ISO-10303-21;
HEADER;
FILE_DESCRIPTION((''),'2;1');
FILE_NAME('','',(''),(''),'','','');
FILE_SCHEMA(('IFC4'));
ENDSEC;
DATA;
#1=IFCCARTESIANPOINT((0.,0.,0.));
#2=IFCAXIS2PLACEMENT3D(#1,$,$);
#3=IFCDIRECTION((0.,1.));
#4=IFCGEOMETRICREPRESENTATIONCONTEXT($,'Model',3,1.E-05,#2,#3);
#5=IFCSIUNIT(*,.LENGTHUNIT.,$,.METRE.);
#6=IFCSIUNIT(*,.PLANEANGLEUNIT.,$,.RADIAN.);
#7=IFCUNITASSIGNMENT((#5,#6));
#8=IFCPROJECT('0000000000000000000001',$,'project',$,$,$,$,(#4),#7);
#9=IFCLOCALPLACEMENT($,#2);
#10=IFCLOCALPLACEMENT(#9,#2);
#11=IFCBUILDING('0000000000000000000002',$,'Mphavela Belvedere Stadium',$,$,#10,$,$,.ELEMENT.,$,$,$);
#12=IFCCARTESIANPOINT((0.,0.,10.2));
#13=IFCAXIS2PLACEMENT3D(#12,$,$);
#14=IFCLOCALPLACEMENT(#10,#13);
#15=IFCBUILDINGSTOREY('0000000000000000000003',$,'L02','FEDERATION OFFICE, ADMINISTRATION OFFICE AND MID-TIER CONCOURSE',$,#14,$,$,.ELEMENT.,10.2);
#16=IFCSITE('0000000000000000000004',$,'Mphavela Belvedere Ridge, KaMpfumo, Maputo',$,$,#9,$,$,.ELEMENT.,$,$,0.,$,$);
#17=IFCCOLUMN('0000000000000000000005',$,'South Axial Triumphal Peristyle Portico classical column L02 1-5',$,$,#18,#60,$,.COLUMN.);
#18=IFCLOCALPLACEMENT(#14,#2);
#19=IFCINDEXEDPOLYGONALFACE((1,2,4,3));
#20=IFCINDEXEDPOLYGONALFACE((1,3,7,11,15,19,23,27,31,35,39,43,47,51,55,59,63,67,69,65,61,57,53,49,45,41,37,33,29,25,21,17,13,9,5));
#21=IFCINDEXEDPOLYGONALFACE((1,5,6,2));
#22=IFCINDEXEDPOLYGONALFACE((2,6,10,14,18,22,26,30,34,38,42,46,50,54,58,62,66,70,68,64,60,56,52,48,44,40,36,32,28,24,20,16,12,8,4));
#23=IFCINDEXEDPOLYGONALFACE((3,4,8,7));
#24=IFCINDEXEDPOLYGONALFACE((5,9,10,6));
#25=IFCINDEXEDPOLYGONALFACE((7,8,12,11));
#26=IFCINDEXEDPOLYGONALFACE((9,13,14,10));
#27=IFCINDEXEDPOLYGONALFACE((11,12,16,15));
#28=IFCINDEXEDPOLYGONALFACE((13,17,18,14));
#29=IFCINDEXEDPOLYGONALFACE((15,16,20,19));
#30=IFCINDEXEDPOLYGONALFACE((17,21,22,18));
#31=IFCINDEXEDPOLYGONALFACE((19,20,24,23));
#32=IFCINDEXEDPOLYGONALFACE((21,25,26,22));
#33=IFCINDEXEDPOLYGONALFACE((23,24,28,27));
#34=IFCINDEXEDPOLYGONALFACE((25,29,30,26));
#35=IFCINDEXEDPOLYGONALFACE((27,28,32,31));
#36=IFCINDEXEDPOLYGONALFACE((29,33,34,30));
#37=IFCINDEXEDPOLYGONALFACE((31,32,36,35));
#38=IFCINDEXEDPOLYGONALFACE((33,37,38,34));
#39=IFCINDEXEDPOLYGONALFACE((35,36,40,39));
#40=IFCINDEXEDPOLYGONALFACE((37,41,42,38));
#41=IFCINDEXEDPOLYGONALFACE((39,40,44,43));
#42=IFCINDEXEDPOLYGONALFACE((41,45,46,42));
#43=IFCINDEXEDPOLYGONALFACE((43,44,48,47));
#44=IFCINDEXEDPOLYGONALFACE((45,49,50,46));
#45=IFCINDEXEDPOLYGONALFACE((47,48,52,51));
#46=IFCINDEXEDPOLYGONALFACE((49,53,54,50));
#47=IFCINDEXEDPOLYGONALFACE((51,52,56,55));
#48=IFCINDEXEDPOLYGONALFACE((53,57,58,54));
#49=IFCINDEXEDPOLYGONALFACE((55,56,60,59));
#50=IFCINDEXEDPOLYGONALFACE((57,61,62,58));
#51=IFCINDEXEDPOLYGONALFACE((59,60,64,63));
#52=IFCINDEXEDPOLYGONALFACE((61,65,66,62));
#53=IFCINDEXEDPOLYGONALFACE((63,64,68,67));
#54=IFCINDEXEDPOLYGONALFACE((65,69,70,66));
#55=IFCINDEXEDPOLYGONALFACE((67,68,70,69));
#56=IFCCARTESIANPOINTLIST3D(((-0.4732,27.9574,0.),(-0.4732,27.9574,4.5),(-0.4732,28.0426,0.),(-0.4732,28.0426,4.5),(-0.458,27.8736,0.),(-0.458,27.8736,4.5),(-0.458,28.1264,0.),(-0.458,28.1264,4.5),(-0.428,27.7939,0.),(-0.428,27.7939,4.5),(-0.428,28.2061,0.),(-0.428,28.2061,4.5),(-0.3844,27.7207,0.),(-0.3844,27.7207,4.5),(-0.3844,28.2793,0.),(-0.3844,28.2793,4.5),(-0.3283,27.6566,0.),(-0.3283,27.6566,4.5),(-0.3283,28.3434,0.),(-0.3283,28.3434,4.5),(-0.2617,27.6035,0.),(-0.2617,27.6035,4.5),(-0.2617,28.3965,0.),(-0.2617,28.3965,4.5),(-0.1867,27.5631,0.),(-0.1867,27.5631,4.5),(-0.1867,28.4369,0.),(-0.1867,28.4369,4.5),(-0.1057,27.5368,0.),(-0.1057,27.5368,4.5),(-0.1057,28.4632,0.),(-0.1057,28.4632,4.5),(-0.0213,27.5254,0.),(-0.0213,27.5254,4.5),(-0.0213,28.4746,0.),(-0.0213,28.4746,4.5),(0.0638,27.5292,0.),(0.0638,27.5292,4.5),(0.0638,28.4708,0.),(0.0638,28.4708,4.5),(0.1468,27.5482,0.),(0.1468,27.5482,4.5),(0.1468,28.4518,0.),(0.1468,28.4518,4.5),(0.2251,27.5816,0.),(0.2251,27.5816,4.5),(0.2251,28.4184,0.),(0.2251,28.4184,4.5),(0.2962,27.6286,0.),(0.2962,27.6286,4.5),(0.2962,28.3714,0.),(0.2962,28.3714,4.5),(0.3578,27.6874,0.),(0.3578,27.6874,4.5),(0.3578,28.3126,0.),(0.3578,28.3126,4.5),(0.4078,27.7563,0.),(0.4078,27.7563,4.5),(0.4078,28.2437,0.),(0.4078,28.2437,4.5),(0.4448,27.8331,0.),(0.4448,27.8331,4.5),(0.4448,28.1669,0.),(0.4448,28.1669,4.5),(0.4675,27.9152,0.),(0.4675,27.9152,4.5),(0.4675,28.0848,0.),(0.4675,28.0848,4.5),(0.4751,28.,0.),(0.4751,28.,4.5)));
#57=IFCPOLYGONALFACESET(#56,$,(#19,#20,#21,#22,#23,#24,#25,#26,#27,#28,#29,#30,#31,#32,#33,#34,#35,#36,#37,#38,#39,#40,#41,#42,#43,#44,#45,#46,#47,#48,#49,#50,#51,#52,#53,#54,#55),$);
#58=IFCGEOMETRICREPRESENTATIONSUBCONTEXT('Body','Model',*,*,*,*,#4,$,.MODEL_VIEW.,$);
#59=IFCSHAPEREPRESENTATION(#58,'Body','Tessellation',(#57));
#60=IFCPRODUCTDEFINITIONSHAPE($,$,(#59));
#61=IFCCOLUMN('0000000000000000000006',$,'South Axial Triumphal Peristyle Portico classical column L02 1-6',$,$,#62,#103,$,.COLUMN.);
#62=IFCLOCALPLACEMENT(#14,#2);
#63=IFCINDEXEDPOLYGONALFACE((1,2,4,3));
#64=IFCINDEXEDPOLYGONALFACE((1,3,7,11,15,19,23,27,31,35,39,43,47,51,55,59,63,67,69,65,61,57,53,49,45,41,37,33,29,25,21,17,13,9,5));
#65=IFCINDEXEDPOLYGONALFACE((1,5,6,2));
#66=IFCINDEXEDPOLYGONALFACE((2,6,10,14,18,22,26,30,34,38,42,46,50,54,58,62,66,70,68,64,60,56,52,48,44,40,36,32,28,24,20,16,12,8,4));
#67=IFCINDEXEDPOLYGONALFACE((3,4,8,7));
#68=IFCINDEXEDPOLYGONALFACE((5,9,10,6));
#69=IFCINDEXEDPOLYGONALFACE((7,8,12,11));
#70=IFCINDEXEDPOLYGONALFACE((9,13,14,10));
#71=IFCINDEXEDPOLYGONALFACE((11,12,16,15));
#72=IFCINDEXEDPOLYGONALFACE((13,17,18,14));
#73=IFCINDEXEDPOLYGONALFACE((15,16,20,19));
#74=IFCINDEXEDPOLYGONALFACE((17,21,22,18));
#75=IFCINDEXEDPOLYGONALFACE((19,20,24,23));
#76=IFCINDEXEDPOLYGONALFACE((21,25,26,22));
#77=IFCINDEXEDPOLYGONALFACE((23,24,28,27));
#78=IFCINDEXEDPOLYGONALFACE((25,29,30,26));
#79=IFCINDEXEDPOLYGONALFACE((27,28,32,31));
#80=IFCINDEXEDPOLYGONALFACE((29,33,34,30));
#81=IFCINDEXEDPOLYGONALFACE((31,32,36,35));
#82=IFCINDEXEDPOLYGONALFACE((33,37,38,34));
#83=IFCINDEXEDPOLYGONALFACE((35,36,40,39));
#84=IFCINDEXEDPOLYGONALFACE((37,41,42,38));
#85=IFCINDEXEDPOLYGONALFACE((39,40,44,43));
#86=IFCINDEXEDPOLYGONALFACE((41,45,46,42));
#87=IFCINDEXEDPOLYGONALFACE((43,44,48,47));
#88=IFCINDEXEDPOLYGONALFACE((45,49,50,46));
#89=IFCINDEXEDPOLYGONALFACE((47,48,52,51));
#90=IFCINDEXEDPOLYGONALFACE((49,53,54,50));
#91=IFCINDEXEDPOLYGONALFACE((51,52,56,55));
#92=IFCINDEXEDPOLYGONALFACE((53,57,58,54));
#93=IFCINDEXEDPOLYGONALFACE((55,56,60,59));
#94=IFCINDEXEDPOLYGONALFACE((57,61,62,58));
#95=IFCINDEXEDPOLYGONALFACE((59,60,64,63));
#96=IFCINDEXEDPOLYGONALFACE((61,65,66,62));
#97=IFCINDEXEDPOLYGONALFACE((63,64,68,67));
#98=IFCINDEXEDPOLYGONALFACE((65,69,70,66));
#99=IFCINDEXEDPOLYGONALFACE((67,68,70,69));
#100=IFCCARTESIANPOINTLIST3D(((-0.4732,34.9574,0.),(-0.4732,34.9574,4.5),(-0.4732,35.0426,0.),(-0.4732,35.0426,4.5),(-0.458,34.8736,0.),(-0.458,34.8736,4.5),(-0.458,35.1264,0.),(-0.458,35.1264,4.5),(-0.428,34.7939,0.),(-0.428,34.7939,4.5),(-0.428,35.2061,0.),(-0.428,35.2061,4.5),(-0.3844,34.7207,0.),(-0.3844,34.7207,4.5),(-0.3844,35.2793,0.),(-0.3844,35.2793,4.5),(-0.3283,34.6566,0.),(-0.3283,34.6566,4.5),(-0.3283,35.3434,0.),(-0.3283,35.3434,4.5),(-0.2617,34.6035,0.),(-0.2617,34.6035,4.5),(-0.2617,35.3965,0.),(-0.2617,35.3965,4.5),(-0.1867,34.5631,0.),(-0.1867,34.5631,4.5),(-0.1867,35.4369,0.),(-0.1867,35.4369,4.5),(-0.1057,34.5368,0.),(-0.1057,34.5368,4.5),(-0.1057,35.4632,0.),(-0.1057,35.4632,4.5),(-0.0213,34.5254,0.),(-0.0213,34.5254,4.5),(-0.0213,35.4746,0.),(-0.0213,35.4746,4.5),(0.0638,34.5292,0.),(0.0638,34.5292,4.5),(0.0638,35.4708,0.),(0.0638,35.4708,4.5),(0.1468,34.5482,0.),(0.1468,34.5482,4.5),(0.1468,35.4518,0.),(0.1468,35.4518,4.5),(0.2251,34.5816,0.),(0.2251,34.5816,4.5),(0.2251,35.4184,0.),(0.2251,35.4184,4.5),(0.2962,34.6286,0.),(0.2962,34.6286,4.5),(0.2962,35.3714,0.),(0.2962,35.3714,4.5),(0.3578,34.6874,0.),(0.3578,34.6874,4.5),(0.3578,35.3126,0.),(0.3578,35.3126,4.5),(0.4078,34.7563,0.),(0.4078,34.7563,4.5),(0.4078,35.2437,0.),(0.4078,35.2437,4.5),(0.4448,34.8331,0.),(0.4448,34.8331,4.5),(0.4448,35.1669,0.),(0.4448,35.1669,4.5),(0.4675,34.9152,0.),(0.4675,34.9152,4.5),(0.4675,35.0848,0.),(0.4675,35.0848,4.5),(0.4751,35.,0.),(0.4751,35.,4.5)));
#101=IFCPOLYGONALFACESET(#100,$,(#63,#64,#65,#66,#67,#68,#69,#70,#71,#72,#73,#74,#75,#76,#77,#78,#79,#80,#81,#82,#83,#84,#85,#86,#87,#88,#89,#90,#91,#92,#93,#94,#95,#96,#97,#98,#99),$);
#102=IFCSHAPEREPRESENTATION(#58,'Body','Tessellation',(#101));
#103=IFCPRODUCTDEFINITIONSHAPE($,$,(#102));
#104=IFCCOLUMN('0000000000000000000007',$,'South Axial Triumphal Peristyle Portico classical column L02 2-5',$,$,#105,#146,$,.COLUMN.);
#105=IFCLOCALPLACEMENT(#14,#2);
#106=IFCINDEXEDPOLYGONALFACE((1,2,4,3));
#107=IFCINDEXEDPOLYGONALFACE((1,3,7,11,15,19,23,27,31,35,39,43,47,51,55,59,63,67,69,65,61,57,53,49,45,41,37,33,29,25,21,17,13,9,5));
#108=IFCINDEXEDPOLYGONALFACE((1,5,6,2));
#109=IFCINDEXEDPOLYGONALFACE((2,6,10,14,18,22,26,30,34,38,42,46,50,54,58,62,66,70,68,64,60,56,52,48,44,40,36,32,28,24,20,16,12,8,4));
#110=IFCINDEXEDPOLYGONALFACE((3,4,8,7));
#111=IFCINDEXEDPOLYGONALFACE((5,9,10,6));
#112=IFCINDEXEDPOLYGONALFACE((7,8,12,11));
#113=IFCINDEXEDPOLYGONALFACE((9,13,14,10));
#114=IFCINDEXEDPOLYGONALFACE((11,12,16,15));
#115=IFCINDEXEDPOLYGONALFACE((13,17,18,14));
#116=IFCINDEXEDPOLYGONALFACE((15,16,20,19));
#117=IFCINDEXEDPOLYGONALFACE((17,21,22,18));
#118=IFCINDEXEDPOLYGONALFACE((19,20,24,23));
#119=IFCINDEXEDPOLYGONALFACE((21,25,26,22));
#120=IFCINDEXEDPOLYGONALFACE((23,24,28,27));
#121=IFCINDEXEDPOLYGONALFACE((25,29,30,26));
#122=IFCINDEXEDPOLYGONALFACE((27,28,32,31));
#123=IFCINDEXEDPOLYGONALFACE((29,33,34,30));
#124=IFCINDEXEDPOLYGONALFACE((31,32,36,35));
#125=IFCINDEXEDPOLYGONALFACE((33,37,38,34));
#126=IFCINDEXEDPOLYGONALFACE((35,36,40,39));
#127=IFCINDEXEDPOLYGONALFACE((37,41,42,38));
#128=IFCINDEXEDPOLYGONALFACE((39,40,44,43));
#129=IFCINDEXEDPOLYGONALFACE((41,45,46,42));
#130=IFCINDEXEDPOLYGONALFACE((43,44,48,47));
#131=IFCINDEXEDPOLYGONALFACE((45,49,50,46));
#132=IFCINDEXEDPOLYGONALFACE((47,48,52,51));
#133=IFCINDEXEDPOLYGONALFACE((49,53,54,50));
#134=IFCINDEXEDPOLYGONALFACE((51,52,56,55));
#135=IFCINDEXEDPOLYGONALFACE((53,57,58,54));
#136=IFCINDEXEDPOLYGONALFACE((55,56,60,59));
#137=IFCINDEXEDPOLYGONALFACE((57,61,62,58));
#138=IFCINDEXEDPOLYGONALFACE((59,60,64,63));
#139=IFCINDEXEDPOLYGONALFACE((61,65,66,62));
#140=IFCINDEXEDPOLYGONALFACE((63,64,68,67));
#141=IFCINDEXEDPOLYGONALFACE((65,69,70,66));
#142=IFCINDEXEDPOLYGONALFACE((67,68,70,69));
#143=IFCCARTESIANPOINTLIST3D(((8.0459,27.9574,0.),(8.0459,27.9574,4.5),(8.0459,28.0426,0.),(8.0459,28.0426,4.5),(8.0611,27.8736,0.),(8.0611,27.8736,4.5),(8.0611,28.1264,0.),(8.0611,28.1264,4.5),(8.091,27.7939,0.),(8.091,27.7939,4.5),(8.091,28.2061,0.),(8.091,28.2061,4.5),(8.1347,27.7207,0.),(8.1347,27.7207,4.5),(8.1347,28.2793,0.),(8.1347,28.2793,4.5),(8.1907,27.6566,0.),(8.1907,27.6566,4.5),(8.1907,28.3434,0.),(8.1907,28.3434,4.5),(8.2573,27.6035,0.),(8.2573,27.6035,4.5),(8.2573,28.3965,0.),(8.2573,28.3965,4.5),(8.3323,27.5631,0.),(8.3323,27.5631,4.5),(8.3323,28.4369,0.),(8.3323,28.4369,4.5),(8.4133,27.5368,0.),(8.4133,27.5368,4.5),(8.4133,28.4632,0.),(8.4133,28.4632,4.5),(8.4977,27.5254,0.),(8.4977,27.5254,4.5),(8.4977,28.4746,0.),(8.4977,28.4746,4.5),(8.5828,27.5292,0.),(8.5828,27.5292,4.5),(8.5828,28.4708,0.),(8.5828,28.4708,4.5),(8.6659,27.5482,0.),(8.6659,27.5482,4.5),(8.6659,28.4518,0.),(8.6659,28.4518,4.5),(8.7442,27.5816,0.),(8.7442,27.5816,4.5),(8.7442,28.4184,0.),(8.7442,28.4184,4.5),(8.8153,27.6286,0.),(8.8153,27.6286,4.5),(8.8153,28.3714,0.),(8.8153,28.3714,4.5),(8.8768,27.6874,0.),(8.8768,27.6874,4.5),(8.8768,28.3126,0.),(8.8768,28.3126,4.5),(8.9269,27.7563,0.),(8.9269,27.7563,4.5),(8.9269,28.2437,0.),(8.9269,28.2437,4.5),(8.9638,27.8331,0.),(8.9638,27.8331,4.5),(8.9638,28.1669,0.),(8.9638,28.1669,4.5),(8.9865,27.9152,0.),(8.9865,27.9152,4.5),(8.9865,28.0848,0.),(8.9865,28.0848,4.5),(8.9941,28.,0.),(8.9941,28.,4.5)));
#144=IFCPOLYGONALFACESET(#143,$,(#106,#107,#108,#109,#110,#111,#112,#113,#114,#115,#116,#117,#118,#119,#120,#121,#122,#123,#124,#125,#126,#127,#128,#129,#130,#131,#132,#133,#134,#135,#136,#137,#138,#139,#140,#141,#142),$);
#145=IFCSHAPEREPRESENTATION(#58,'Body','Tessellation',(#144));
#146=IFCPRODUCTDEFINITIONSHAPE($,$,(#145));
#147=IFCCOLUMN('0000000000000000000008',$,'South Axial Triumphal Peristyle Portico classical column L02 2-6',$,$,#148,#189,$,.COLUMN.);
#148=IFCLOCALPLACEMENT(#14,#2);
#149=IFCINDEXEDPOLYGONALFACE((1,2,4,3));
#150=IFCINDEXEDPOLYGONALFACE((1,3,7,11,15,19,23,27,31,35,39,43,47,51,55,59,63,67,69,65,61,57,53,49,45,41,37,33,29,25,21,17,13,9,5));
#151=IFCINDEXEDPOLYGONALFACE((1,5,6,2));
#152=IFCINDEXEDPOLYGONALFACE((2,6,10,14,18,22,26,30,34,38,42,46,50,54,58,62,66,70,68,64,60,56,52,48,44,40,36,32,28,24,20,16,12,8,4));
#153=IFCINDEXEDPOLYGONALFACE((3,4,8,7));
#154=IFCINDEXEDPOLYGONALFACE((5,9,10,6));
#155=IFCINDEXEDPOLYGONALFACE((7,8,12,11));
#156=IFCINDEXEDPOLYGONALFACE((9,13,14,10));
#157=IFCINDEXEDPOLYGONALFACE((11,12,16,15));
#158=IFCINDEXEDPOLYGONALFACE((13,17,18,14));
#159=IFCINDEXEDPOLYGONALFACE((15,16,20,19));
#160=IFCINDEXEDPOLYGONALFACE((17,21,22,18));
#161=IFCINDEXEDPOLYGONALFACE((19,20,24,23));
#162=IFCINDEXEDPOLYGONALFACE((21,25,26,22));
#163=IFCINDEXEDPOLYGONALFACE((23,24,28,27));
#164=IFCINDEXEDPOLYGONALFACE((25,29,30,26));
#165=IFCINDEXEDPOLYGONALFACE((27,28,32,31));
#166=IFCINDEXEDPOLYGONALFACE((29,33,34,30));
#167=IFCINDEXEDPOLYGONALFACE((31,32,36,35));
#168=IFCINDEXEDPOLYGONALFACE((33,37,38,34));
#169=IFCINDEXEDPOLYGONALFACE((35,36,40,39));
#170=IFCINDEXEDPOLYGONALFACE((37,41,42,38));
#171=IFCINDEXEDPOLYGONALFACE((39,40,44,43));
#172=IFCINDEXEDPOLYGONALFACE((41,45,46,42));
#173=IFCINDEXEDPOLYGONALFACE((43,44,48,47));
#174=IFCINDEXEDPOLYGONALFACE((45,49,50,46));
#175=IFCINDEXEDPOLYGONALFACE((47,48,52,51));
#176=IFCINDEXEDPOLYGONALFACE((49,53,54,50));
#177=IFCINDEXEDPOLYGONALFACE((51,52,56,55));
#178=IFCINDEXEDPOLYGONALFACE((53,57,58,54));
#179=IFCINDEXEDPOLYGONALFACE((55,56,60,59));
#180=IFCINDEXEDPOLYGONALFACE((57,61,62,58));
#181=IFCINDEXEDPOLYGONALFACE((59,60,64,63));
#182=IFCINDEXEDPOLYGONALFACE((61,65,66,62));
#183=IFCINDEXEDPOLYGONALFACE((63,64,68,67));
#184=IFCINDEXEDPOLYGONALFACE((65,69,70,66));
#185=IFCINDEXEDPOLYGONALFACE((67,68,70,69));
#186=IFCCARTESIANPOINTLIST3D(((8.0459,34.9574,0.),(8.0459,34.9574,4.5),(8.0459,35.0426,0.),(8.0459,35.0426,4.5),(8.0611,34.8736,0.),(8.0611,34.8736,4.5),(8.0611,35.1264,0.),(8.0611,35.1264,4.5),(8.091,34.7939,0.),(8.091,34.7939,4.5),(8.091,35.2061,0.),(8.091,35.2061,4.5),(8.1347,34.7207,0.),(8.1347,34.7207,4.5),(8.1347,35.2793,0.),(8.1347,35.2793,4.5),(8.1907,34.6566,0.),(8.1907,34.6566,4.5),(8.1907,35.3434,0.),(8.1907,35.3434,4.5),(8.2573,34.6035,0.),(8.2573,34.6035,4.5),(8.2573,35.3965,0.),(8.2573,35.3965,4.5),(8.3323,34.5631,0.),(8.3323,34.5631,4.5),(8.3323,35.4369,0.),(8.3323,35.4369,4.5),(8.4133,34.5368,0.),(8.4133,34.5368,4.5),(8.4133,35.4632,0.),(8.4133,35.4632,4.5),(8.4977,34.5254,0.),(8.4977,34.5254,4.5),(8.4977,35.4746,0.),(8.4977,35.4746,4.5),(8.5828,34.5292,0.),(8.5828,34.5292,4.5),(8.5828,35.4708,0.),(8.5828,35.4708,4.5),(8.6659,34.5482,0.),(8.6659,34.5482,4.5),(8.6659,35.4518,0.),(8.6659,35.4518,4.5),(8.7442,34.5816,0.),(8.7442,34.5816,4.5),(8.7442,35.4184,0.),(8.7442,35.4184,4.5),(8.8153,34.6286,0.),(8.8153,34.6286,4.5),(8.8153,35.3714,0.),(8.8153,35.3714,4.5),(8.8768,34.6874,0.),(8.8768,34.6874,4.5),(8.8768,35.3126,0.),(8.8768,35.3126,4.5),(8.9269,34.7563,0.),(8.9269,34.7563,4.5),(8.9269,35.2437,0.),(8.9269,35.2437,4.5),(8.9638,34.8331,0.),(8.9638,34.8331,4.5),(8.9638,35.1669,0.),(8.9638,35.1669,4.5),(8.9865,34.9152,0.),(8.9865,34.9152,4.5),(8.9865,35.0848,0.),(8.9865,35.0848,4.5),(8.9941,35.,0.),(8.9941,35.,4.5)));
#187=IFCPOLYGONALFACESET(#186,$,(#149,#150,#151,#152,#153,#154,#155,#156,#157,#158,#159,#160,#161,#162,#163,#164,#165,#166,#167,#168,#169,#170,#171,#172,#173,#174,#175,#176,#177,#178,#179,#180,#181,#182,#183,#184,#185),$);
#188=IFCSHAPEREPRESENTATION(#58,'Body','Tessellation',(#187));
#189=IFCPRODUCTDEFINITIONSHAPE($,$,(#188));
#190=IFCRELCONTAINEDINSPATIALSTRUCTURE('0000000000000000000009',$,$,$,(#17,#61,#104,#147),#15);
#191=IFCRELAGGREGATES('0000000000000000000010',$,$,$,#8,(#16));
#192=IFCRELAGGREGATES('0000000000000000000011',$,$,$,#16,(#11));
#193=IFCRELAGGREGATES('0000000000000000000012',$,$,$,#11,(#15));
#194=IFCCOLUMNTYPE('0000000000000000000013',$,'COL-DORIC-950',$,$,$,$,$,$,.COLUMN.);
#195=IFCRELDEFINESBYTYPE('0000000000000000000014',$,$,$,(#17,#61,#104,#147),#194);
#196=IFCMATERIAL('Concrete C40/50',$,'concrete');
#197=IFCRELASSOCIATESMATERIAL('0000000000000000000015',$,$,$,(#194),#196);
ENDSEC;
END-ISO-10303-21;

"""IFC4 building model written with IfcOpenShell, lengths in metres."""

from ifc_helpers import new_model, si_unit, direction, frame, origin, origin_2d, place, context, subcontext, project, spatial, circle, extrude, material, material_profile, profile_set, type_object, element, save


model = new_model("IFC4")

# Units and contexts
model_context = context("Model", 3, precision=1e-05, world=origin(), true_north=direction((0.0, 1.0)))
body_context = subcontext(model_context, "Body", "Model", "MODEL_VIEW")
ifc_project = project(units=[si_unit("LENGTHUNIT", "METRE"), si_unit("PLANEANGLEUNIT", "RADIAN")], contexts=[model_context])

# Site, building, storey
site_placement = place(None, origin())
site = spatial("IfcSite", under=ifc_project, at=site_placement, Name="Mphavela Belvedere Ridge, KaMpfumo, Maputo", CompositionType="ELEMENT", RefElevation=0.0)
building_placement = place(site_placement, origin())
building = spatial("IfcBuilding", under=site, at=building_placement, Name="Mphavela Belvedere Stadium", CompositionType="ELEMENT")
storey_placement = place(building_placement, frame((0.0, 0.0, 10.2)))
storey = spatial("IfcBuildingStorey", under=building, at=storey_placement, Name="L02", Description="FEDERATION OFFICE, ADMINISTRATION OFFICE AND MID-TIER CONCOURSE", CompositionType="ELEMENT", Elevation=10.2)

# Columns
ifc_material_1 = material(Name="Concrete C40/50", Category="concrete")
ifc_material_profile_1 = material_profile(ifc_material_1, circle(Radius=0.4751, at=origin_2d()), Name="COL D950")
ifc_profile_set_1 = profile_set([ifc_material_profile_1], Name="Concrete C40/50")
column_type = type_object("IfcColumnType", Name="COL-DORIC-950", PredefinedType="COLUMN", material=ifc_profile_set_1)
for number, where, z_axis, x_axis, name in (
    (1, (0.0, 28.0, 0.0), (0.0, 0.0, 1.0), (1.0, 0.0, 0.0), "South Axial Triumphal Peristyle Portico classical column L02 1-5"),
    (2, (0.0, 35.0, 0.0), (0.0, 0.0, 1.0), (1.0, 0.0, 0.0), "South Axial Triumphal Peristyle Portico classical column L02 1-6"),
    (3, (8.519, 28.0, 0.0), (0.0, 0.0, 1.0), (1.0, 0.0, 0.0), "South Axial Triumphal Peristyle Portico classical column L02 2-5"),
    (4, (8.519, 35.0, 0.0), (0.0, 0.0, 1.0), (1.0, 0.0, 0.0), "South Axial Triumphal Peristyle Portico classical column L02 2-6"),
):
    element("IfcColumn", number, at=place(storey_placement, frame(where, z_axis=z_axis, x_axis=x_axis)), inside=storey, type_object=column_type, Name=name, PredefinedType="COLUMN", context=body_context, shape_type="SweptSolid", body=[
        extrude(circle(Radius=0.4751, at=origin_2d()), origin(), (0.0, 0.0, 1.0), 4.5),
    ])

save(model, "model.ifc")
